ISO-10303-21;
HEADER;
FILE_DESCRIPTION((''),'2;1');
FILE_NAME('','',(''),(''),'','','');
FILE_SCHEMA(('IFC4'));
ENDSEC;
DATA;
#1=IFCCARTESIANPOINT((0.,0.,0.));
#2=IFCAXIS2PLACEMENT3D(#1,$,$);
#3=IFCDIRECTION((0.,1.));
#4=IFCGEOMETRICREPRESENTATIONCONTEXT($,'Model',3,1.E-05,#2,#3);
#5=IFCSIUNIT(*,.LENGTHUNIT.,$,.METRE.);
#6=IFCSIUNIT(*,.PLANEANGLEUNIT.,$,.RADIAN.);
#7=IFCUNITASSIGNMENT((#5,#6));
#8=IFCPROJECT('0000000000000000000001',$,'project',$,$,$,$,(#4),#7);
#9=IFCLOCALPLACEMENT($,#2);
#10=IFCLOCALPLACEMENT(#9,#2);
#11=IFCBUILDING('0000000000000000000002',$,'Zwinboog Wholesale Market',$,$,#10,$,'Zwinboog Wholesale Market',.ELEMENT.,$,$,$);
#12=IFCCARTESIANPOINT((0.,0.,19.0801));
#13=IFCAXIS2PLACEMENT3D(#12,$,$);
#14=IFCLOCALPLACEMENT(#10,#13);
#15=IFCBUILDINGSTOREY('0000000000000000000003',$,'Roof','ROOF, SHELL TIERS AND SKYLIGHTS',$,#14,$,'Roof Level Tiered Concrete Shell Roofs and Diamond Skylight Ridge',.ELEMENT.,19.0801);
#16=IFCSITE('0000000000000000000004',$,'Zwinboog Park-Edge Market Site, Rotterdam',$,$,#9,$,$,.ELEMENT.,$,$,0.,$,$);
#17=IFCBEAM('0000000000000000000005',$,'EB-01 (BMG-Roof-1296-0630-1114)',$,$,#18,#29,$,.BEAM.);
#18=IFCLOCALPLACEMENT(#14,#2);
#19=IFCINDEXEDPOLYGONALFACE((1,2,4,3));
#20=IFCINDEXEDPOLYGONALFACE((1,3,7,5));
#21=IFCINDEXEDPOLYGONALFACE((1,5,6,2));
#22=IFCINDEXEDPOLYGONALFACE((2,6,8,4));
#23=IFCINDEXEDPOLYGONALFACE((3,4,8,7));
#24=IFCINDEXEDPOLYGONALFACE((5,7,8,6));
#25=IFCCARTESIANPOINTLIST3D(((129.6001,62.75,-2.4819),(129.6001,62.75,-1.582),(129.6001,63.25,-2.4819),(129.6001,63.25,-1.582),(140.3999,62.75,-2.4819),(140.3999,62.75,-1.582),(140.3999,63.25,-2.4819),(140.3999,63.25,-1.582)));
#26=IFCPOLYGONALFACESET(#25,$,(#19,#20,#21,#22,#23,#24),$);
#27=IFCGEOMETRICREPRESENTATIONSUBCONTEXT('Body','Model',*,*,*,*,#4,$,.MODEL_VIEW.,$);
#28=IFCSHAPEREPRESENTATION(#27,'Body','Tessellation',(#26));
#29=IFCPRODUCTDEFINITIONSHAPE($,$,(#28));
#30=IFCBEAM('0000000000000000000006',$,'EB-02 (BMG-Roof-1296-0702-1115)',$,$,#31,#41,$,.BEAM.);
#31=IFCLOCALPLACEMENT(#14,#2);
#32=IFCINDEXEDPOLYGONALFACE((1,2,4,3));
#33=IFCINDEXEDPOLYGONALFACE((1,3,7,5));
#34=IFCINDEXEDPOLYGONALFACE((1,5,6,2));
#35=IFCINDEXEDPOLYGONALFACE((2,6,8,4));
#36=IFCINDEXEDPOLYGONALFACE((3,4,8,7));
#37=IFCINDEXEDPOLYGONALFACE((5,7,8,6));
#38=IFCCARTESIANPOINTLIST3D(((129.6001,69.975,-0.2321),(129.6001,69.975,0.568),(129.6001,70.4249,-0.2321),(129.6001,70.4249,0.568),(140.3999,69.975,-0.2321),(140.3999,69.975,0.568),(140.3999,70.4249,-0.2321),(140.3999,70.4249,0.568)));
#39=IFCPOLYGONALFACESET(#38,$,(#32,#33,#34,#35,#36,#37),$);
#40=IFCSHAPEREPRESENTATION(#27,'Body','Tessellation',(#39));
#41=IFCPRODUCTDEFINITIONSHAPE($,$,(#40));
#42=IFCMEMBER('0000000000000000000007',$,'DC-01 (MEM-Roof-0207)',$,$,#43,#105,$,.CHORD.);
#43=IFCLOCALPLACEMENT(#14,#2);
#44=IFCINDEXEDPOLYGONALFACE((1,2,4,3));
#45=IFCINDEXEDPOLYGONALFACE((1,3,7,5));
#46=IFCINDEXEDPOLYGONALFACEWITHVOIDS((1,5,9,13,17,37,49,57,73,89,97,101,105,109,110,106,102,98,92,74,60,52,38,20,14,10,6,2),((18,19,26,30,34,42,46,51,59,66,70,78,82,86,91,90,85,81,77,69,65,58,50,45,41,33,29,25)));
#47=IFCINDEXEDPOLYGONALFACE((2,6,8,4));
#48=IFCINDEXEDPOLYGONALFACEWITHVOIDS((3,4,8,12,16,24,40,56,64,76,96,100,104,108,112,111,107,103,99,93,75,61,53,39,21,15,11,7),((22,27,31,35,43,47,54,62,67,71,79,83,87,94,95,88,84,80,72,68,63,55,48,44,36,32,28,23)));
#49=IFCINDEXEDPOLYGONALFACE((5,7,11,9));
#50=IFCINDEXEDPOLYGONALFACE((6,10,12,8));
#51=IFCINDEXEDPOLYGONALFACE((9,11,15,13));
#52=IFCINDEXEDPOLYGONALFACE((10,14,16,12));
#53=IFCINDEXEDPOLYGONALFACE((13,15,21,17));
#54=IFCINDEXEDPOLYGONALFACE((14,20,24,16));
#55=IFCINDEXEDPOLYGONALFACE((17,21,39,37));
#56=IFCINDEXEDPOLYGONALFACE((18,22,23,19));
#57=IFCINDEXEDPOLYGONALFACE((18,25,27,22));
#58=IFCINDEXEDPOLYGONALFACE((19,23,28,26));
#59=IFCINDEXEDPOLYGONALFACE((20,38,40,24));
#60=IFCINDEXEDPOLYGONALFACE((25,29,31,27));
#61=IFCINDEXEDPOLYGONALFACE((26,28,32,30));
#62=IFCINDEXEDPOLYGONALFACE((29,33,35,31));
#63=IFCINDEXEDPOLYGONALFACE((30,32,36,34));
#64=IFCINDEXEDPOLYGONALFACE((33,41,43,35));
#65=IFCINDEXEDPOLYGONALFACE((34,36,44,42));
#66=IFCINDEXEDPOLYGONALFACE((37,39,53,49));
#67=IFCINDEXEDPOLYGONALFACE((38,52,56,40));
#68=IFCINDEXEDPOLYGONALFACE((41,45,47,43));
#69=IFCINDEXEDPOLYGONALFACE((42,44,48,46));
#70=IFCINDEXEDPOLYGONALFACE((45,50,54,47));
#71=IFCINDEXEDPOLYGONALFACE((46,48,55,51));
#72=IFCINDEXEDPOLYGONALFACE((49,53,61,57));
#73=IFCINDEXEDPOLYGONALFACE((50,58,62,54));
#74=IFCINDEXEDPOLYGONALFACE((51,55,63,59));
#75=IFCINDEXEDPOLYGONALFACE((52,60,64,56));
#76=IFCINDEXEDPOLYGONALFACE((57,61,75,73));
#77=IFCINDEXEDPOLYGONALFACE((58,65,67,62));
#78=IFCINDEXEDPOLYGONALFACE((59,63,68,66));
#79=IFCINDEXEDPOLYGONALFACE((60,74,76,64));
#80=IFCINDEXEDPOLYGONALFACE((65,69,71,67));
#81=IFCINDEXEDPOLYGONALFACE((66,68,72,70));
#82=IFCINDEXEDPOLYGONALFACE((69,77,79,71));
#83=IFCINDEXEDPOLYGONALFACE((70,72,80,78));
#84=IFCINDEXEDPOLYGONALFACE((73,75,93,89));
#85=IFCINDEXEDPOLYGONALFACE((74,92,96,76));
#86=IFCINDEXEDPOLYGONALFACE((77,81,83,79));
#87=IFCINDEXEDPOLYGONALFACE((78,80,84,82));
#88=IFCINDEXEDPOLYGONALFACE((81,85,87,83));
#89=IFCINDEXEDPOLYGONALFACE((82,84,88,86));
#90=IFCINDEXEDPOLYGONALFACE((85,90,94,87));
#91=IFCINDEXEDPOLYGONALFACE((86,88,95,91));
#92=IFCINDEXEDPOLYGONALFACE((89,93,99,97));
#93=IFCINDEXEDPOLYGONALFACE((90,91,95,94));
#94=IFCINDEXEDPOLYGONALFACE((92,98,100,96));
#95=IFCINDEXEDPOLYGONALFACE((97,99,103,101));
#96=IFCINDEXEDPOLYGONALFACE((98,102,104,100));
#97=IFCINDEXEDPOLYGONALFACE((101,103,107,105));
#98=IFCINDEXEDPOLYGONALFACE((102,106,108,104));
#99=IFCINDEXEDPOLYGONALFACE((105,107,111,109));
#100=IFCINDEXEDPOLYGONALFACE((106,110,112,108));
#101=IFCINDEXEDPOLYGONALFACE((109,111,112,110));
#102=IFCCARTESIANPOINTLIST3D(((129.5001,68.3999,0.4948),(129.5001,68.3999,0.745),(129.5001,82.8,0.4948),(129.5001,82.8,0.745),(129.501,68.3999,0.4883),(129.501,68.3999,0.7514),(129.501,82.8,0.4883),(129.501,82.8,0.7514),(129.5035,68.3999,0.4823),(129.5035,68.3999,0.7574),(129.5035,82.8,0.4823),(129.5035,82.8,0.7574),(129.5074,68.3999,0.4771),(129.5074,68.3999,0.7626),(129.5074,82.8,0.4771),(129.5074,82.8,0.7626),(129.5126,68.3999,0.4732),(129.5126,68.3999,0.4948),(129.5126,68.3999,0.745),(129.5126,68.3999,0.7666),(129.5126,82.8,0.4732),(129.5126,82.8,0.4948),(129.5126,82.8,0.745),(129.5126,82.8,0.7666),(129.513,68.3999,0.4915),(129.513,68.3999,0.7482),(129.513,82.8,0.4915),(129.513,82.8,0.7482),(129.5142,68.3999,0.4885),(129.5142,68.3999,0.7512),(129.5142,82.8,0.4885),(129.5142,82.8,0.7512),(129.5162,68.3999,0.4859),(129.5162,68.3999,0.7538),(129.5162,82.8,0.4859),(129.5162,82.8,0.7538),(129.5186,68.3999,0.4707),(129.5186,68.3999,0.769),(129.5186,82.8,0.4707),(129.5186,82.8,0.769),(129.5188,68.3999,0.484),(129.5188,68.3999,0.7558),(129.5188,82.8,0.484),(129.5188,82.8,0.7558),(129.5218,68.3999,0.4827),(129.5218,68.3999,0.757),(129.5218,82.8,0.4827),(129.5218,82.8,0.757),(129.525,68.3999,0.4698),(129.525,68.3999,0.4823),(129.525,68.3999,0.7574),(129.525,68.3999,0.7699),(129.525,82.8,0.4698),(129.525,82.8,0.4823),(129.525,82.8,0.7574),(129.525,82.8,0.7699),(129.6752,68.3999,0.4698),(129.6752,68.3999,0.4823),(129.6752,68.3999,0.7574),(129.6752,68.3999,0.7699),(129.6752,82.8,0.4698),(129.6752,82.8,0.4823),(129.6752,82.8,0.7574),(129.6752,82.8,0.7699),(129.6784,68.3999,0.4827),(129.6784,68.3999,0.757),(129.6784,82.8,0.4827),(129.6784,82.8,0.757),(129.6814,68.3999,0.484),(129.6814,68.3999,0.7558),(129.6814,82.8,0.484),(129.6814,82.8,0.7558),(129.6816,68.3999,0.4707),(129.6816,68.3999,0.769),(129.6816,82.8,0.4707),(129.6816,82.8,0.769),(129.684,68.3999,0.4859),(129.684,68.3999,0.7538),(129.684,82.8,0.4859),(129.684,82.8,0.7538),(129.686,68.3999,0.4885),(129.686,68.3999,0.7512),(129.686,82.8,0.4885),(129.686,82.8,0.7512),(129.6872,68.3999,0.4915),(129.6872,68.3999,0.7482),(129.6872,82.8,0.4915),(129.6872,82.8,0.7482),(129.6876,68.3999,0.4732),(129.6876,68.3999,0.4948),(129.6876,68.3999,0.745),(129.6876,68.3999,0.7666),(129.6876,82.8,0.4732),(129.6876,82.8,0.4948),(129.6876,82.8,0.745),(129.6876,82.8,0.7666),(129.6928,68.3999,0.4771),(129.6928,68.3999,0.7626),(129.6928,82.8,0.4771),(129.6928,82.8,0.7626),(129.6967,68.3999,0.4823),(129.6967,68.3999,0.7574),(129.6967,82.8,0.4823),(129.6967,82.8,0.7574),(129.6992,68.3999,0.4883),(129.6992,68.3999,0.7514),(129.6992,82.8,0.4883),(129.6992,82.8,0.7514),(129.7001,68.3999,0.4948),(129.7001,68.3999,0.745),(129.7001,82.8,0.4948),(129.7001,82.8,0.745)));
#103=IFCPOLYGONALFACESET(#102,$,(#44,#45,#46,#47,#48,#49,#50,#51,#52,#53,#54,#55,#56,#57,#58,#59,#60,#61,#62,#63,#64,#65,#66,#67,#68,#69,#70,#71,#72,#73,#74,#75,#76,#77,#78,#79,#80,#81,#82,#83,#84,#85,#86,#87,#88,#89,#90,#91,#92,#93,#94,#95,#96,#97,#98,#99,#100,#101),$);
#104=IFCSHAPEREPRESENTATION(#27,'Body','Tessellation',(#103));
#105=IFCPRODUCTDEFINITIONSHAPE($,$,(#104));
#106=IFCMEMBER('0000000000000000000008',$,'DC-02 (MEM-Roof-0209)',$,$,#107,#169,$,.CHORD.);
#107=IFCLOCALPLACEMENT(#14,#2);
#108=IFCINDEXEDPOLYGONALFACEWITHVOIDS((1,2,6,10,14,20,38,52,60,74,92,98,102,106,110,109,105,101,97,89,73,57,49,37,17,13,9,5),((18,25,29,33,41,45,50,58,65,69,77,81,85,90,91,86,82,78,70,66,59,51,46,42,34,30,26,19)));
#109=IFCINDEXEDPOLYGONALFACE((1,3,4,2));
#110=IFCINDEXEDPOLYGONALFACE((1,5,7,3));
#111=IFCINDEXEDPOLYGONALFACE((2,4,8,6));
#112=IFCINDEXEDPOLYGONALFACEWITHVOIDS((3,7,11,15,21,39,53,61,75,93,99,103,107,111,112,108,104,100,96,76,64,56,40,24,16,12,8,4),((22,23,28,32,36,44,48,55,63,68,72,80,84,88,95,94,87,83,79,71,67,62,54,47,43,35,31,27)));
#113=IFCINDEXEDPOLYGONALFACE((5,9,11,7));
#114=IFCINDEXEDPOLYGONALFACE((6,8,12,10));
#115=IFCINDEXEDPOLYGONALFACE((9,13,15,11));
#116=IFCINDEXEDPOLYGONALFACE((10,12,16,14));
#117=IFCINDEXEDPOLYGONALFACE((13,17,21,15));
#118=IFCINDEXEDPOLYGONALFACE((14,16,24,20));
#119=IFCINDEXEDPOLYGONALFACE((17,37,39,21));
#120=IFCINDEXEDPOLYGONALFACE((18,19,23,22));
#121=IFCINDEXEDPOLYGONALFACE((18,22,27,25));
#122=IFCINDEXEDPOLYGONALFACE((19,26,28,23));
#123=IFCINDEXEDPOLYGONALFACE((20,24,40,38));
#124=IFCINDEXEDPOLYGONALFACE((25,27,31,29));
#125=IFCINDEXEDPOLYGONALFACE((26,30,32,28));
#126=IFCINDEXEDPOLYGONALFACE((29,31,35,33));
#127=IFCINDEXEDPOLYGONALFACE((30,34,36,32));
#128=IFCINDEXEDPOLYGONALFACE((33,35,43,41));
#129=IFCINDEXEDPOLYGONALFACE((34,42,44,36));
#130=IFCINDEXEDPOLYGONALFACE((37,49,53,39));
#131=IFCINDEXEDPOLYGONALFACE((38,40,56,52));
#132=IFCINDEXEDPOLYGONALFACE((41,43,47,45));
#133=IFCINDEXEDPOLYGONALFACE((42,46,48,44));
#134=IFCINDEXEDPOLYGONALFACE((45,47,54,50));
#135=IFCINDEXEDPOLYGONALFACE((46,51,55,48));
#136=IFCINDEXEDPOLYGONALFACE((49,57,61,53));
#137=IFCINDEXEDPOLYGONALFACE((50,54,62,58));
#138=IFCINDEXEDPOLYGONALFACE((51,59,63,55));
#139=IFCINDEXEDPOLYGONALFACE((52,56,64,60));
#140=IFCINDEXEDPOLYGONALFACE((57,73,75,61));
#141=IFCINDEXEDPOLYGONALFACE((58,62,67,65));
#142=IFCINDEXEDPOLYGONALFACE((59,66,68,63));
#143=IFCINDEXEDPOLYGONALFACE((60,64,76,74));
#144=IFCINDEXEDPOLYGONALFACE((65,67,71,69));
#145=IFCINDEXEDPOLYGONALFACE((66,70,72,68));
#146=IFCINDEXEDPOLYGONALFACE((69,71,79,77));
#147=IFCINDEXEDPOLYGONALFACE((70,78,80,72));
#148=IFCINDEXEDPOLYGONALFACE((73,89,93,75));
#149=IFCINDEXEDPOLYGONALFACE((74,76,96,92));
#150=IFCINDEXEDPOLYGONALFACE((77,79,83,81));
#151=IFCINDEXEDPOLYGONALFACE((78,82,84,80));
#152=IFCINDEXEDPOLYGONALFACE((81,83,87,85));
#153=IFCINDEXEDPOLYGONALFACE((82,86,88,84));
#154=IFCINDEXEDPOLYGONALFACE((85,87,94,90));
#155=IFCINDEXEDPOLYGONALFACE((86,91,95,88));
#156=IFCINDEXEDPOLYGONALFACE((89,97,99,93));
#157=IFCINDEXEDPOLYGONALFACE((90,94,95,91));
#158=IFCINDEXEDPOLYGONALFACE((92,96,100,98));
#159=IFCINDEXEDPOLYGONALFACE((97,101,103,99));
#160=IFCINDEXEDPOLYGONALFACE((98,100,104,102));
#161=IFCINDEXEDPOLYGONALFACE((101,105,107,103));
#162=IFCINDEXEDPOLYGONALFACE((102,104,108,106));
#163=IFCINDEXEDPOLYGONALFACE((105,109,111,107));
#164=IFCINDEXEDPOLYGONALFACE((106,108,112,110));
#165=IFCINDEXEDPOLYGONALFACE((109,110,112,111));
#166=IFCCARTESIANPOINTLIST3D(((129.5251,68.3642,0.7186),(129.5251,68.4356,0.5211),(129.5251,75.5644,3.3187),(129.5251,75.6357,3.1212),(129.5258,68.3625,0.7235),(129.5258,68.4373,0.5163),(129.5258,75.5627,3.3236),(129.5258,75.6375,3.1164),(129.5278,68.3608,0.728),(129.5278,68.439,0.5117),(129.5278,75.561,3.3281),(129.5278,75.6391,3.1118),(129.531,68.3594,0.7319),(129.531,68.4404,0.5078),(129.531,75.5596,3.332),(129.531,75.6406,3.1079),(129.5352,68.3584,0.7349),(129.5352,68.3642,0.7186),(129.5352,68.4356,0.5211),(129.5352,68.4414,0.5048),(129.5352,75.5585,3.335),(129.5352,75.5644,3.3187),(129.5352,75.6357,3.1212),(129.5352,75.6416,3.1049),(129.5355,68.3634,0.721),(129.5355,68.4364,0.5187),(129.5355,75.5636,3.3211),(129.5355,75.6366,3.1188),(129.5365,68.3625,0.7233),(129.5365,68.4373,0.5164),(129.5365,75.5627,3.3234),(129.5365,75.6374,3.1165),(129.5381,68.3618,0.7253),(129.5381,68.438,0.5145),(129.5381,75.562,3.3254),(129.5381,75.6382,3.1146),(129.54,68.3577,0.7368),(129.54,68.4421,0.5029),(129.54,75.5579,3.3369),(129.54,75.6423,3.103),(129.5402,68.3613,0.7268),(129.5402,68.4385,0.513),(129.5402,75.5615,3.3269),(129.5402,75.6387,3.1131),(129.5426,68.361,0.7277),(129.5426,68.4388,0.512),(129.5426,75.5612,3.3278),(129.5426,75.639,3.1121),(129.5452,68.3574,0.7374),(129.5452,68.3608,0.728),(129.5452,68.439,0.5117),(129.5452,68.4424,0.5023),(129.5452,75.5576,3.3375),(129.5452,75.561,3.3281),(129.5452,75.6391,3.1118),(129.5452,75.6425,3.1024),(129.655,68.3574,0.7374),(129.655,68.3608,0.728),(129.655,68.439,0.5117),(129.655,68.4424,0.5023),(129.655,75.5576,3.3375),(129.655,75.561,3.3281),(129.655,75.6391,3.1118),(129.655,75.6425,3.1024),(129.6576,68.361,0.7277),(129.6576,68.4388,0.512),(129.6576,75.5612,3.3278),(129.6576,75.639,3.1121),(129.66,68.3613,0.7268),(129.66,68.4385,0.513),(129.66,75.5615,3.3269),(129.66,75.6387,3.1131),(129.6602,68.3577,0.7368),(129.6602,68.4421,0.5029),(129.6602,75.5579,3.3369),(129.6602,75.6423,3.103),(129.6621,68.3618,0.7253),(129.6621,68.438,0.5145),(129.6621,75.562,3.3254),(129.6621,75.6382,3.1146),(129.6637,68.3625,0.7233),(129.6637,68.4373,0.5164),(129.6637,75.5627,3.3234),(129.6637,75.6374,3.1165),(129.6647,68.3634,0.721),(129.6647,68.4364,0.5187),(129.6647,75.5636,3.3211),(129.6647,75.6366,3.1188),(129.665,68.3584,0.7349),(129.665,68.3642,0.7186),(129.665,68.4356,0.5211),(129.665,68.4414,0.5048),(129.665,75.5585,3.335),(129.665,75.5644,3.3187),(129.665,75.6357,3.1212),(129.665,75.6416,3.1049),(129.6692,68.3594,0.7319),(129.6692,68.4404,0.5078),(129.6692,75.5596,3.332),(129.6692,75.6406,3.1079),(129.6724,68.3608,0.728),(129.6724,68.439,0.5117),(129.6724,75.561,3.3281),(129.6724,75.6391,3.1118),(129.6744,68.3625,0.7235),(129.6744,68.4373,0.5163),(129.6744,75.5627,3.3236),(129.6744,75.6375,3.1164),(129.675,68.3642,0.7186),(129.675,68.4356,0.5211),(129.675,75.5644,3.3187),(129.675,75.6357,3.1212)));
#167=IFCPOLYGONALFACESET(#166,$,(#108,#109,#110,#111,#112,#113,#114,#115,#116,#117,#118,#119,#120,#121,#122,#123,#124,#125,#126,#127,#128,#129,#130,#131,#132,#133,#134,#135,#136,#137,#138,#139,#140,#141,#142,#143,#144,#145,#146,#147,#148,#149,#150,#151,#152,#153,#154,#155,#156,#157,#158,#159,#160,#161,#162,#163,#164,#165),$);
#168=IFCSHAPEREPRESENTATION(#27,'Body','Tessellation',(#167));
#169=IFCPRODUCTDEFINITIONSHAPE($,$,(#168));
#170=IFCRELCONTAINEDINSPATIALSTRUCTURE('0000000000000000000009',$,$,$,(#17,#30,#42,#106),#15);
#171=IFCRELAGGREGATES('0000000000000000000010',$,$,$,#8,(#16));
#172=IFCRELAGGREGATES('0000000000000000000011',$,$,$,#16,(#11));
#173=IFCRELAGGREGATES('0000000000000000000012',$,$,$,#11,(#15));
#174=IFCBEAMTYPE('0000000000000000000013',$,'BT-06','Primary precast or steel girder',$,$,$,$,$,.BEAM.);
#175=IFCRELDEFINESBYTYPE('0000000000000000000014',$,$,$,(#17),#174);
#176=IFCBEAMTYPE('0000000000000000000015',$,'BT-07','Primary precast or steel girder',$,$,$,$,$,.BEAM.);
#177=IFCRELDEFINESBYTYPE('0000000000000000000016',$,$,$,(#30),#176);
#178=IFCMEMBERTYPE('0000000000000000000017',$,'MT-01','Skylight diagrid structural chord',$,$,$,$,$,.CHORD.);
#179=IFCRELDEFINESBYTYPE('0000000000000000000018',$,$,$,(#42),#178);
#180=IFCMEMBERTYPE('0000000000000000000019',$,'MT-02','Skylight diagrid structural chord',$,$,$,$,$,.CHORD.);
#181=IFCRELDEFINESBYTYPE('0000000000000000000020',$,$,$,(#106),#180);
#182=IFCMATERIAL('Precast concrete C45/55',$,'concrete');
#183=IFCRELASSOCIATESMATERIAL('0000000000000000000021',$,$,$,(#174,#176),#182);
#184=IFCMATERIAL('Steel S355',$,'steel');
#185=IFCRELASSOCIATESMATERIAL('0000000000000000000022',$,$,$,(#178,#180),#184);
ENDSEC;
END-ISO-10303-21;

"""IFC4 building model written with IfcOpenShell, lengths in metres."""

from ifc_helpers import new_model, si_unit, direction, frame, origin, origin_2d, place, context, subcontext, project, spatial, rectangle, hollow_rectangle, extrude, material, material_profile, profile_set, type_object, element, save


model = new_model("IFC4")

# Units and contexts
model_context = context("Model", 3, precision=1e-05, world=origin(), true_north=direction((0.0, 1.0)))
body_context = subcontext(model_context, "Body", "Model", "MODEL_VIEW")
ifc_project = project(units=[si_unit("LENGTHUNIT", "METRE"), si_unit("PLANEANGLEUNIT", "RADIAN")], contexts=[model_context])

# Site, building, storey
site_placement = place(None, origin())
site = spatial("IfcSite", under=ifc_project, at=site_placement, Name="Zwinboog Park-Edge Market Site, Rotterdam", CompositionType="ELEMENT", RefElevation=0.0)
building_placement = place(site_placement, origin())
building = spatial("IfcBuilding", under=site, at=building_placement, Name="Zwinboog Wholesale Market", LongName="Zwinboog Wholesale Market", CompositionType="ELEMENT")
storey_placement = place(building_placement, frame((0.0, 0.0, 19.0801)))
storey = spatial("IfcBuildingStorey", under=building, at=storey_placement, Name="Roof", Description="ROOF, SHELL TIERS AND SKYLIGHTS", LongName="Roof Level Tiered Concrete Shell Roofs and Diamond Skylight Ridge", CompositionType="ELEMENT", Elevation=19.0801)

# Beams
ifc_material_1 = material(Name="Precast concrete C45/55", Category="concrete")
ifc_material_profile_1 = material_profile(ifc_material_1, rectangle(XDim=0.5, YDim=0.8999, at=origin_2d()), Name="PC 500x900")
ifc_profile_set_1 = profile_set([ifc_material_profile_1], Name="Precast concrete C45/55")
beam_type_1 = type_object("IfcBeamType", Name="BT-06", Description="Primary precast or steel girder", PredefinedType="BEAM", material=ifc_profile_set_1)
beam_1_placement = place(storey_placement, frame((129.6001, 63.0, -2.032), z_axis=(1.0, 0.0, 0.0), x_axis=(0.0, 1.0, 0.0)))
element("IfcBeam", 1, at=beam_1_placement, inside=storey, type_object=beam_type_1, Name="EB-01 (BMG-Roof-1296-0630-1114)", PredefinedType="BEAM", context=body_context, shape_type="SweptSolid", body=[
    extrude(rectangle(XDim=0.5, YDim=0.8999, at=origin_2d()), origin(), (0.0, 0.0, 1.0), 10.7998),
])
ifc_material_profile_2 = material_profile(ifc_material_1, rectangle(XDim=0.45, YDim=0.8, at=origin_2d()), Name="PC 450x800")
ifc_profile_set_2 = profile_set([ifc_material_profile_2], Name="Precast concrete C45/55")
beam_type_2 = type_object("IfcBeamType", Name="BT-07", Description="Primary precast or steel girder", PredefinedType="BEAM", material=ifc_profile_set_2)
beam_2_placement = place(storey_placement, frame((129.6001, 70.2, 0.168), z_axis=(1.0, 0.0, 0.0), x_axis=(0.0, 1.0, 0.0)))
element("IfcBeam", 2, at=beam_2_placement, inside=storey, type_object=beam_type_2, Name="EB-02 (BMG-Roof-1296-0702-1115)", PredefinedType="BEAM", context=body_context, shape_type="SweptSolid", body=[
    extrude(rectangle(XDim=0.45, YDim=0.8, at=origin_2d()), origin(), (0.0, 0.0, 1.0), 10.7998),
])

# Members
ifc_material_2 = material(Name="Steel S355", Category="steel")
ifc_material_profile_3 = material_profile(ifc_material_2, hollow_rectangle(XDim=0.2, YDim=0.3, WallThickness=0.0125, InnerFilletRadius=0.0125, OuterFilletRadius=0.0249, at=origin_2d()), Name="RHS 300x200x12.5")
ifc_profile_set_3 = profile_set([ifc_material_profile_3], Name="Steel S355")
member_type_1 = type_object("IfcMemberType", Name="MT-01", Description="Skylight diagrid structural chord", PredefinedType="CHORD", material=ifc_profile_set_3)
member_1_placement = place(storey_placement, frame((129.6001, 68.3999, 0.6199), z_axis=(0.0, 1.0, 0.0), x_axis=(-1.0, 0.0, 0.0)))
element("IfcMember", 3, at=member_1_placement, inside=storey, type_object=member_type_1, Name="DC-01 (MEM-Roof-0207)", PredefinedType="CHORD", context=body_context, shape_type="SweptSolid", body=[
    extrude(hollow_rectangle(XDim=0.2, YDim=0.3, WallThickness=0.0125, InnerFilletRadius=0.0125, OuterFilletRadius=0.0249, at=origin_2d()), origin(), (0.0, 0.0, 1.0), 14.4001),
])
ifc_material_profile_4 = material_profile(ifc_material_2, hollow_rectangle(XDim=0.1499, YDim=0.25, WallThickness=0.01, InnerFilletRadius=0.01, OuterFilletRadius=0.02, at=origin_2d()), Name="RHS 250x150x10")
ifc_profile_set_4 = profile_set([ifc_material_profile_4], Name="Steel S355")
member_type_2 = type_object("IfcMemberType", Name="MT-02", Description="Skylight diagrid structural chord", PredefinedType="CHORD", material=ifc_profile_set_4)
member_2_placement = place(storey_placement, frame((129.6001, 68.3999, 0.6199), z_axis=(0.0, 0.940553, 0.339648), x_axis=(-1.0, 0.0, 0.0)))
element("IfcMember", 4, at=member_2_placement, inside=storey, type_object=member_type_2, Name="DC-02 (MEM-Roof-0209)", PredefinedType="CHORD", context=body_context, shape_type="SweptSolid", body=[
    extrude(hollow_rectangle(XDim=0.1499, YDim=0.25, WallThickness=0.01, InnerFilletRadius=0.01, OuterFilletRadius=0.02, at=origin_2d()), origin(), (0.0, 0.0, 1.0), 7.6553),
])

save(model, "model.ifc")
